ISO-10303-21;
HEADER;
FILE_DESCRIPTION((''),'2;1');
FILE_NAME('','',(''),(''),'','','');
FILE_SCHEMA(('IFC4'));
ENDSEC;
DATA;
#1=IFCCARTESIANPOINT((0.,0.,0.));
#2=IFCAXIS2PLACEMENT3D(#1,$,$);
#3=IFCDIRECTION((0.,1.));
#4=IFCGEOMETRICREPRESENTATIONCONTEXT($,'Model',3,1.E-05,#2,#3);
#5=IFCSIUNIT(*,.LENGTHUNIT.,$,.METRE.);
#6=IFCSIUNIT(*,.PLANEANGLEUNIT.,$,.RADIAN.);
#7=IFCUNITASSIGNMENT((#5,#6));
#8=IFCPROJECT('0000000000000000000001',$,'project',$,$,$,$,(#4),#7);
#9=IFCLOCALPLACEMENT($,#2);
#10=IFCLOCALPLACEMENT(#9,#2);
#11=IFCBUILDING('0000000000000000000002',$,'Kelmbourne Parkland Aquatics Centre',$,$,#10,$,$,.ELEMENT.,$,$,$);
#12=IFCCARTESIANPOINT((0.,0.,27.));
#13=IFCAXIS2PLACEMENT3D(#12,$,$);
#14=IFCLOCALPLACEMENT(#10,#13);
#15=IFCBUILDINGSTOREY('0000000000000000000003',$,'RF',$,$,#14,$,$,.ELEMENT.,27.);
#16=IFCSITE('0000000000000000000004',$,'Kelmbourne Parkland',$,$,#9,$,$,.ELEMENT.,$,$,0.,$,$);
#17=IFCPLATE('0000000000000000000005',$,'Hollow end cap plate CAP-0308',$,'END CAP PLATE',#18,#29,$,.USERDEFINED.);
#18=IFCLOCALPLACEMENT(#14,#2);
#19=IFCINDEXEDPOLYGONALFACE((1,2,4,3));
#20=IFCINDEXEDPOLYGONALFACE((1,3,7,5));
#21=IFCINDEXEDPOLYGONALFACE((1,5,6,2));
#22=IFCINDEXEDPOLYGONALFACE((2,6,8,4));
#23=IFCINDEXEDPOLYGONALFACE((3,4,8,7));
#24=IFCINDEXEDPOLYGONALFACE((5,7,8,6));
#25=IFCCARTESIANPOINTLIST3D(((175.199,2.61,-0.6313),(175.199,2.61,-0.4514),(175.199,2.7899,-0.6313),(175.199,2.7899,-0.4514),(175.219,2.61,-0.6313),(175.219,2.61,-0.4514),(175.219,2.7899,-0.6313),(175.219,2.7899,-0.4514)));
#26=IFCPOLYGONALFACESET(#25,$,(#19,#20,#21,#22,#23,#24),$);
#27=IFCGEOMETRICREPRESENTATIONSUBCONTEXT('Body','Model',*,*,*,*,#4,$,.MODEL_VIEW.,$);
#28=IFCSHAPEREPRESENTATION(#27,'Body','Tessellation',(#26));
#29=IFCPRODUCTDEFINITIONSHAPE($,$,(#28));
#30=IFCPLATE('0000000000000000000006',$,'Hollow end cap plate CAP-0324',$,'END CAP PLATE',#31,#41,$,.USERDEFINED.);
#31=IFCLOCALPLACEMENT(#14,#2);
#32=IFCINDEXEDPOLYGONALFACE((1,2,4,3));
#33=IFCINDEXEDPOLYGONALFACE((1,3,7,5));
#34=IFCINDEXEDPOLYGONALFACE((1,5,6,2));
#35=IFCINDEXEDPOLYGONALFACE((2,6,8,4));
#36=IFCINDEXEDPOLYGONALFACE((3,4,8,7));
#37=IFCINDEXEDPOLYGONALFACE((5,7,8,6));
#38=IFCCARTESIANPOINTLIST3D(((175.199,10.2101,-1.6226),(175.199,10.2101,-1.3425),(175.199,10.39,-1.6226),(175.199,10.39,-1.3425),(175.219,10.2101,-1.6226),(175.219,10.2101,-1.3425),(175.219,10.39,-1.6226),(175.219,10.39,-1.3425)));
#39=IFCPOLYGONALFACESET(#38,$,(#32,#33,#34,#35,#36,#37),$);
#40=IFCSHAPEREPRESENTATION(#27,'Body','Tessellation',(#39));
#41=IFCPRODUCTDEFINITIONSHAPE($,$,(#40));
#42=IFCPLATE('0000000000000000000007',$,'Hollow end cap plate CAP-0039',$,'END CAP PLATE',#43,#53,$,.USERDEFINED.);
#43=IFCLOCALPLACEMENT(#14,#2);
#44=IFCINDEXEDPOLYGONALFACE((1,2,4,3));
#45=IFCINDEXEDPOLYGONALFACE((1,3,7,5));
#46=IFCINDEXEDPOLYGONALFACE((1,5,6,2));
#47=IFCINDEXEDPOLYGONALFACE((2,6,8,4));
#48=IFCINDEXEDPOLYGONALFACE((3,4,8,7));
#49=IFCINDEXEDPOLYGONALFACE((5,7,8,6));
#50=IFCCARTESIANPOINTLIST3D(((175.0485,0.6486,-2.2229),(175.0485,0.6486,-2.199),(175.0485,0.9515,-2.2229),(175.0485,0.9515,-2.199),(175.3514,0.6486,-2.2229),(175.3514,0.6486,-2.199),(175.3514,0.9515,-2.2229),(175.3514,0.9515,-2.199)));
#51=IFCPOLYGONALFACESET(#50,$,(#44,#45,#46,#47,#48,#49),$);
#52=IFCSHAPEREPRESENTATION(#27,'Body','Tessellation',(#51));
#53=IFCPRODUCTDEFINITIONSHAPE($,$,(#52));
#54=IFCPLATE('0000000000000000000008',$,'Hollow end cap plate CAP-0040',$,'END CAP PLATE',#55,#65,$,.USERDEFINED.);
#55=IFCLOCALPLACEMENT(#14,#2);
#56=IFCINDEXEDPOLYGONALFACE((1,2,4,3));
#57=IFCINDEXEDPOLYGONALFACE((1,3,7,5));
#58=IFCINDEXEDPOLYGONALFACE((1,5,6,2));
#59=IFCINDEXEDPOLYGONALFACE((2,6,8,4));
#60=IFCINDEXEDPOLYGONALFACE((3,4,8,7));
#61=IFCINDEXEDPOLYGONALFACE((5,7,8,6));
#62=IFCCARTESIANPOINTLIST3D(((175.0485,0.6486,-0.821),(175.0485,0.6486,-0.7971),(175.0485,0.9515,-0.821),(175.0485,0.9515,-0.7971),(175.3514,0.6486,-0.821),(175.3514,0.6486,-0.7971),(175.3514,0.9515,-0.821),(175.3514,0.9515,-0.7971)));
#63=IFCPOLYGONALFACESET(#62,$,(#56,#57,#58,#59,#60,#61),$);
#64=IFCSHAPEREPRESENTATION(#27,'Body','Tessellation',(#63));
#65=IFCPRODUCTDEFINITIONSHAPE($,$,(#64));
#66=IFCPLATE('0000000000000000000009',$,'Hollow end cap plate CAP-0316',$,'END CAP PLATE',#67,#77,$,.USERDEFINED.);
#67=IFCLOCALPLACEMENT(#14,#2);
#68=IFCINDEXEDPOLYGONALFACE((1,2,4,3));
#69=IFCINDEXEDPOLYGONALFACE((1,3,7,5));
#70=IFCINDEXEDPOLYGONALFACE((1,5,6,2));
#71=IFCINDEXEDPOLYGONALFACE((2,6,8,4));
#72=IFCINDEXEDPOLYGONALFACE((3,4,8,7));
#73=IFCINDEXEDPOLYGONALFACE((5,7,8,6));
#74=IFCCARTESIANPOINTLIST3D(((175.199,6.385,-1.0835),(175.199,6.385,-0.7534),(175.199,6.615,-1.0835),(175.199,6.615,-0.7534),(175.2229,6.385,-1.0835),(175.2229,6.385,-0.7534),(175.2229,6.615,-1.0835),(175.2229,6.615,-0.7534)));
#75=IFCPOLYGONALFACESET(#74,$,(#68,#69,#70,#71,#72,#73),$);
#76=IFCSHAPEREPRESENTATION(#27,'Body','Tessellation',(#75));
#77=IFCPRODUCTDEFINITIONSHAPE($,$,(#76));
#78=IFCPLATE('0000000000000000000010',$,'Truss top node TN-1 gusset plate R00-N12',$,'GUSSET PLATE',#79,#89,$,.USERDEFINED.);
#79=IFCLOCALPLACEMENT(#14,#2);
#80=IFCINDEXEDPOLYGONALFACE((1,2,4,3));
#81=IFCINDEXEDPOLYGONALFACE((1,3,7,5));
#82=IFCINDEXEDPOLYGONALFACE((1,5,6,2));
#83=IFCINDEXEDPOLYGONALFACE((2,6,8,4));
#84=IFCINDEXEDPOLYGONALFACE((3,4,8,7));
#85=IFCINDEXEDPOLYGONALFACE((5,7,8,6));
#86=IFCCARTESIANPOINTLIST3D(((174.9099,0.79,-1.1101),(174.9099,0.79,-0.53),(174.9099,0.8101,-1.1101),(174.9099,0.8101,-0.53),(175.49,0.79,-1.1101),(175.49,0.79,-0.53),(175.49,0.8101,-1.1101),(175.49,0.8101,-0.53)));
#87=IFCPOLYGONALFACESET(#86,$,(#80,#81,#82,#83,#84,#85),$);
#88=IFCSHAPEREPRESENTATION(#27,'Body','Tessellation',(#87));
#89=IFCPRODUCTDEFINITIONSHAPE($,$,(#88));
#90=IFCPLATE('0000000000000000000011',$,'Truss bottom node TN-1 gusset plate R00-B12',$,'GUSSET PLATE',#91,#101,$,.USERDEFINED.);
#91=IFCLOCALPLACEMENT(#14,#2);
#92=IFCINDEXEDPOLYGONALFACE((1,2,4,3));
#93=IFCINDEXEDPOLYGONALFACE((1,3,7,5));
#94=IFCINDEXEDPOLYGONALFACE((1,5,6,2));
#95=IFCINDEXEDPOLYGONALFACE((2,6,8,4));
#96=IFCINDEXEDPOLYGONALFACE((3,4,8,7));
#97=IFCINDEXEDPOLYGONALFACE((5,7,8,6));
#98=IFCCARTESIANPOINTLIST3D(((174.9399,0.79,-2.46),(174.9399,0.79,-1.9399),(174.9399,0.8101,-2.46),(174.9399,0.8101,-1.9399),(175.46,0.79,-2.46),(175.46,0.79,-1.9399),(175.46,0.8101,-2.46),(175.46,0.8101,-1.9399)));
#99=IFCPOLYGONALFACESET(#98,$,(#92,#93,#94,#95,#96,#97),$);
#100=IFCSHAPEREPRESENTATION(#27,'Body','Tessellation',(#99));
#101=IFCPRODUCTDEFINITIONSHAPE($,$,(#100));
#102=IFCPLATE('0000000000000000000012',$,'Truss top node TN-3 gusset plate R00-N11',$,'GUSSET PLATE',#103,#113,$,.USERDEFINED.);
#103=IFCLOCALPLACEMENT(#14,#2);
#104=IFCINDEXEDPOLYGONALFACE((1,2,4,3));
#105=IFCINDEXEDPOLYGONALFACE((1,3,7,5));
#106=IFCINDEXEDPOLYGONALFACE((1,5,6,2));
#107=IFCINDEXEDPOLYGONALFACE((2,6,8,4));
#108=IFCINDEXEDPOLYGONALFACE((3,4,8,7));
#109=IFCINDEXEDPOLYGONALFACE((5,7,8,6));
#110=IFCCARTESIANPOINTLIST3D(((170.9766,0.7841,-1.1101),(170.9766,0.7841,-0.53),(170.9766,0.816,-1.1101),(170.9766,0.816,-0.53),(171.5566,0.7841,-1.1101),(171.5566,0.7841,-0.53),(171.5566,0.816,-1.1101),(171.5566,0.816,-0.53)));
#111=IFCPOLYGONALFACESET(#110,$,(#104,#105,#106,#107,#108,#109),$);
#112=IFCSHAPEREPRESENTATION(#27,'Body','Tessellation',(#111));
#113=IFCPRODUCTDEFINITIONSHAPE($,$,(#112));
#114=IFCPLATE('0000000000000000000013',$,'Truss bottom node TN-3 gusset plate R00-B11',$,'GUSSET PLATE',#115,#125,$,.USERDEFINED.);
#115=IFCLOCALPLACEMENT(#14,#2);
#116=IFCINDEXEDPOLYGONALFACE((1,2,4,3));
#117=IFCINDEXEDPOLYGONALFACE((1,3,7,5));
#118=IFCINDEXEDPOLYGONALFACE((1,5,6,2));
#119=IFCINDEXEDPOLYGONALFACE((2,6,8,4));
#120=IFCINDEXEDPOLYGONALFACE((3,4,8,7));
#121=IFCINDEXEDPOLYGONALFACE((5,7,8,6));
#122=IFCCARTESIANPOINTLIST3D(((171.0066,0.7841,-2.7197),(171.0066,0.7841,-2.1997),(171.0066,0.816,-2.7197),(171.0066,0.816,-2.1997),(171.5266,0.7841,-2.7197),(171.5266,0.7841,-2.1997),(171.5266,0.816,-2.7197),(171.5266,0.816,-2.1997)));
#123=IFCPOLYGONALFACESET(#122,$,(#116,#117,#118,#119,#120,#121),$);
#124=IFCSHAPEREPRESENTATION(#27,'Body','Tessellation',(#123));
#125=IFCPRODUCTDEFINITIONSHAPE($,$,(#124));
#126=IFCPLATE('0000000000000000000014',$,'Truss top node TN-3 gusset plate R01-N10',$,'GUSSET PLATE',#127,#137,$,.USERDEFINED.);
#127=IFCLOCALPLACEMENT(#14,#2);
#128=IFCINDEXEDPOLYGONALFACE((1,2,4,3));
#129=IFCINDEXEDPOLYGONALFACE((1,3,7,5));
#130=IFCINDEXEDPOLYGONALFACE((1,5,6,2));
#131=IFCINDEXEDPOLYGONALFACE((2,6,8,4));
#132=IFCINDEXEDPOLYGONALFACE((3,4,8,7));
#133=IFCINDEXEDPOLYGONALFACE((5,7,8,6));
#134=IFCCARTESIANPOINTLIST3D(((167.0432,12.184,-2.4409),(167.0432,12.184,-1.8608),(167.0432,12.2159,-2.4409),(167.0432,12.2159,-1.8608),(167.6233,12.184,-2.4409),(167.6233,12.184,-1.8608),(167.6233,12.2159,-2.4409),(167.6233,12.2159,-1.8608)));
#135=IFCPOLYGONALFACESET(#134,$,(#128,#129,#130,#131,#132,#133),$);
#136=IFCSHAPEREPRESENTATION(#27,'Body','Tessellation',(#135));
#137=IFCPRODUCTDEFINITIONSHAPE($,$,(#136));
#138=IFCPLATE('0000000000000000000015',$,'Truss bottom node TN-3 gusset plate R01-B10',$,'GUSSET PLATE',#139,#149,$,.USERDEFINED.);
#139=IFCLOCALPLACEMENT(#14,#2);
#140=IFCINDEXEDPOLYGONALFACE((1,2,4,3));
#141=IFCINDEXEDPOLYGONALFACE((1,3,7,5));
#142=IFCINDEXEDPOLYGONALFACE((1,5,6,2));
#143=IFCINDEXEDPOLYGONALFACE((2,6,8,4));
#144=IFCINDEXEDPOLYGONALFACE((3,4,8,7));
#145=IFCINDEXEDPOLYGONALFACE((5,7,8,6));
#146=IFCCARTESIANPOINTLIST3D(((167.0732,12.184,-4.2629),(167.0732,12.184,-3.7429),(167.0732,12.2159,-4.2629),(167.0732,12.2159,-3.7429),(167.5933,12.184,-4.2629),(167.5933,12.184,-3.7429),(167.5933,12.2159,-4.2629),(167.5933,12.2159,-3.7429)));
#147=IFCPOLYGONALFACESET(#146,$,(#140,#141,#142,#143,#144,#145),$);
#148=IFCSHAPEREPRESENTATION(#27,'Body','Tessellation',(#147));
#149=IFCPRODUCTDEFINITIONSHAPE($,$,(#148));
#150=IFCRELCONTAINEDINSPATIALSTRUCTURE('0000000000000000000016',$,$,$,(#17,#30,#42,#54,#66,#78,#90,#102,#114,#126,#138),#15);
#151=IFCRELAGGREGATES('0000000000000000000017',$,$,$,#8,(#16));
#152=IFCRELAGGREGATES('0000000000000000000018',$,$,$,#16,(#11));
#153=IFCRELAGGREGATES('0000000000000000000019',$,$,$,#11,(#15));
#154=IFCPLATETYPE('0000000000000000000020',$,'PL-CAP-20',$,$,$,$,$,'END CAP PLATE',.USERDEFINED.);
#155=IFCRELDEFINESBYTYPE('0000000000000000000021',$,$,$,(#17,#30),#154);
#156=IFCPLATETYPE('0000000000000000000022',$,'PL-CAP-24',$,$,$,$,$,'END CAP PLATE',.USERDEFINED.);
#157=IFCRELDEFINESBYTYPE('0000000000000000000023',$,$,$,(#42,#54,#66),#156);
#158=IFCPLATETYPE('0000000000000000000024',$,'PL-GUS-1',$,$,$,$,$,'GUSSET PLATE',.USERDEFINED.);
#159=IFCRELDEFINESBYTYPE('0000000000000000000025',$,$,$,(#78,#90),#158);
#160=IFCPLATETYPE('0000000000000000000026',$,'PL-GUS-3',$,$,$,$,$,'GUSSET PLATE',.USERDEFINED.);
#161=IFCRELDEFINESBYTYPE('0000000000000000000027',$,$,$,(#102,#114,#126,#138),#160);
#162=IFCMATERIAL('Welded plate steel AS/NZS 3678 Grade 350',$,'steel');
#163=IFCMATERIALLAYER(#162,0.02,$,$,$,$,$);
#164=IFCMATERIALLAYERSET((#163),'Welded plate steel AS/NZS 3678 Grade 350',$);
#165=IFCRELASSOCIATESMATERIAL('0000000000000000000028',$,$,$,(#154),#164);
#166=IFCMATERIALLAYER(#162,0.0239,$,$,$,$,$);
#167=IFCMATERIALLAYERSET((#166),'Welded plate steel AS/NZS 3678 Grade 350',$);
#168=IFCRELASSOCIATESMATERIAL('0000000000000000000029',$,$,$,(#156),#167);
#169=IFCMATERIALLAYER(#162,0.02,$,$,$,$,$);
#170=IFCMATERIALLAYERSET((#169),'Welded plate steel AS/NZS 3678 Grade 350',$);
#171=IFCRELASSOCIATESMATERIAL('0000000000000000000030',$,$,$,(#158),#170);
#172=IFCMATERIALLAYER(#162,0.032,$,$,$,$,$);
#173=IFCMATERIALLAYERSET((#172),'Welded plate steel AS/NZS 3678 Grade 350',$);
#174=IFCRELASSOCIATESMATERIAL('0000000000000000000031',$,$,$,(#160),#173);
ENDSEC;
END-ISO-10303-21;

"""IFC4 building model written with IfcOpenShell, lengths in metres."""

from ifc_helpers import new_model, si_unit, direction, frame, origin, origin_2d, place, context, subcontext, project, spatial, rectangle, extrude, material, layer, layer_set, type_object, element, save


model = new_model("IFC4")

# Units and contexts
model_context = context("Model", 3, precision=1e-05, world=origin(), true_north=direction((0.0, 1.0)))
body_context = subcontext(model_context, "Body", "Model", "MODEL_VIEW")
ifc_project = project(units=[si_unit("LENGTHUNIT", "METRE"), si_unit("PLANEANGLEUNIT", "RADIAN")], contexts=[model_context])

# Site, building, storey
site_placement = place(None, origin())
site = spatial("IfcSite", under=ifc_project, at=site_placement, Name="Kelmbourne Parkland", CompositionType="ELEMENT", RefElevation=0.0)
building_placement = place(site_placement, origin())
building = spatial("IfcBuilding", under=site, at=building_placement, Name="Kelmbourne Parkland Aquatics Centre", CompositionType="ELEMENT")
storey_placement = place(building_placement, frame((0.0, 0.0, 27.0)))
storey = spatial("IfcBuildingStorey", under=building, at=storey_placement, Name="RF", CompositionType="ELEMENT", Elevation=27.0)

# Shared definitions
ifc_material_1 = material(Name="Welded plate steel AS/NZS 3678 Grade 350", Category="steel")

# Plates
ifc_layer_1 = layer(ifc_material_1, 0.02)
ifc_layer_set_1 = layer_set([ifc_layer_1], Name="Welded plate steel AS/NZS 3678 Grade 350")
plate_type_1 = type_object("IfcPlateType", Name="PL-CAP-20", ElementType="END CAP PLATE", PredefinedType="USERDEFINED", material=ifc_layer_set_1)
plate_1_placement = place(storey_placement, frame((175.209, 2.7, -0.6313), z_axis=(0.0, 0.0, 1.0), x_axis=(1.0, 0.0, 0.0)))
element("IfcPlate", 1, at=plate_1_placement, inside=storey, type_object=plate_type_1, Name="Hollow end cap plate CAP-0308", ObjectType="END CAP PLATE", PredefinedType="USERDEFINED", context=body_context, shape_type="SweptSolid", body=[
    extrude(rectangle(XDim=0.02, YDim=0.1799, at=origin_2d()), origin(), (0.0, 0.0, 1.0), 0.1799),
])
plate_2_placement = place(storey_placement, frame((175.209, 10.3, -1.6226), z_axis=(0.0, 0.0, 1.0), x_axis=(1.0, 0.0, 0.0)))
element("IfcPlate", 2, at=plate_2_placement, inside=storey, type_object=plate_type_1, Name="Hollow end cap plate CAP-0324", ObjectType="END CAP PLATE", PredefinedType="USERDEFINED", context=body_context, shape_type="SweptSolid", body=[
    extrude(rectangle(XDim=0.02, YDim=0.1799, at=origin_2d()), origin(), (0.0, 0.0, 1.0), 0.28),
])
ifc_layer_2 = layer(ifc_material_1, 0.0239)
ifc_layer_set_2 = layer_set([ifc_layer_2], Name="Welded plate steel AS/NZS 3678 Grade 350")
plate_type_2 = type_object("IfcPlateType", Name="PL-CAP-24", ElementType="END CAP PLATE", PredefinedType="USERDEFINED", material=ifc_layer_set_2)
for number, where, z_axis, x_axis, name in (
    (3, (175.2, 0.8, -2.2229), (0.0, 0.0, 1.0), (1.0, 0.0, 0.0), "Hollow end cap plate CAP-0039"),
    (4, (175.2, 0.8, -0.821), (0.0, 0.0, 1.0), (1.0, 0.0, 0.0), "Hollow end cap plate CAP-0040"),
):
    element("IfcPlate", number, at=place(storey_placement, frame(where, z_axis=z_axis, x_axis=x_axis)), inside=storey, type_object=plate_type_2, Name=name, ObjectType="END CAP PLATE", PredefinedType="USERDEFINED", context=body_context, shape_type="SweptSolid", body=[
        extrude(rectangle(XDim=0.303, YDim=0.303, at=origin_2d()), origin(), (0.0, 0.0, 1.0), 0.0239),
    ])
plate_3_placement = place(storey_placement, frame((175.2109, 6.5, -1.0835), z_axis=(0.0, 0.0, 1.0), x_axis=(1.0, 0.0, 0.0)))
element("IfcPlate", 5, at=plate_3_placement, inside=storey, type_object=plate_type_2, Name="Hollow end cap plate CAP-0316", ObjectType="END CAP PLATE", PredefinedType="USERDEFINED", context=body_context, shape_type="SweptSolid", body=[
    extrude(rectangle(XDim=0.0239, YDim=0.23, at=origin_2d()), origin(), (0.0, 0.0, 1.0), 0.3301),
])
ifc_layer_3 = layer(ifc_material_1, 0.02)
ifc_layer_set_3 = layer_set([ifc_layer_3], Name="Welded plate steel AS/NZS 3678 Grade 350")
plate_type_3 = type_object("IfcPlateType", Name="PL-GUS-1", ElementType="GUSSET PLATE", PredefinedType="USERDEFINED", material=ifc_layer_set_3)
plate_4_placement = place(storey_placement, frame((175.2, 0.8, -1.1101), z_axis=(0.0, 0.0, 1.0), x_axis=(1.0, 0.0, 0.0)))
element("IfcPlate", 6, at=plate_4_placement, inside=storey, type_object=plate_type_3, Name="Truss top node TN-1 gusset plate R00-N12", ObjectType="GUSSET PLATE", PredefinedType="USERDEFINED", context=body_context, shape_type="SweptSolid", body=[
    extrude(rectangle(XDim=0.5801, YDim=0.02, at=origin_2d()), origin(), (0.0, 0.0, 1.0), 0.5801),
])
plate_5_placement = place(storey_placement, frame((175.2, 0.8, -2.46), z_axis=(0.0, 0.0, 1.0), x_axis=(1.0, 0.0, 0.0)))
element("IfcPlate", 7, at=plate_5_placement, inside=storey, type_object=plate_type_3, Name="Truss bottom node TN-1 gusset plate R00-B12", ObjectType="GUSSET PLATE", PredefinedType="USERDEFINED", context=body_context, shape_type="SweptSolid", body=[
    extrude(rectangle(XDim=0.52, YDim=0.02, at=origin_2d()), origin(), (0.0, 0.0, 1.0), 0.52),
])
ifc_layer_4 = layer(ifc_material_1, 0.032)
ifc_layer_set_4 = layer_set([ifc_layer_4], Name="Welded plate steel AS/NZS 3678 Grade 350")
plate_type_4 = type_object("IfcPlateType", Name="PL-GUS-3", ElementType="GUSSET PLATE", PredefinedType="USERDEFINED", material=ifc_layer_set_4)
plate_6_placement = place(storey_placement, frame((171.2666, 0.8, -1.1101), z_axis=(0.0, 0.0, 1.0), x_axis=(1.0, 0.0, 0.0)))
element("IfcPlate", 8, at=plate_6_placement, inside=storey, type_object=plate_type_4, Name="Truss top node TN-3 gusset plate R00-N11", ObjectType="GUSSET PLATE", PredefinedType="USERDEFINED", context=body_context, shape_type="SweptSolid", body=[
    extrude(rectangle(XDim=0.5801, YDim=0.032, at=origin_2d()), origin(), (0.0, 0.0, 1.0), 0.5801),
])
plate_7_placement = place(storey_placement, frame((171.2666, 0.8, -2.7197), z_axis=(0.0, 0.0, 1.0), x_axis=(1.0, 0.0, 0.0)))
element("IfcPlate", 9, at=plate_7_placement, inside=storey, type_object=plate_type_4, Name="Truss bottom node TN-3 gusset plate R00-B11", ObjectType="GUSSET PLATE", PredefinedType="USERDEFINED", context=body_context, shape_type="SweptSolid", body=[
    extrude(rectangle(XDim=0.52, YDim=0.032, at=origin_2d()), origin(), (0.0, 0.0, 1.0), 0.52),
])
plate_8_placement = place(storey_placement, frame((167.3333, 12.2, -2.4409), z_axis=(0.0, 0.0, 1.0), x_axis=(1.0, 0.0, 0.0)))
element("IfcPlate", 10, at=plate_8_placement, inside=storey, type_object=plate_type_4, Name="Truss top node TN-3 gusset plate R01-N10", ObjectType="GUSSET PLATE", PredefinedType="USERDEFINED", context=body_context, shape_type="SweptSolid", body=[
    extrude(rectangle(XDim=0.5801, YDim=0.032, at=origin_2d()), origin(), (0.0, 0.0, 1.0), 0.5801),
])
plate_9_placement = place(storey_placement, frame((167.3333, 12.2, -4.2629), z_axis=(0.0, 0.0, 1.0), x_axis=(1.0, 0.0, 0.0)))
element("IfcPlate", 11, at=plate_9_placement, inside=storey, type_object=plate_type_4, Name="Truss bottom node TN-3 gusset plate R01-B10", ObjectType="GUSSET PLATE", PredefinedType="USERDEFINED", context=body_context, shape_type="SweptSolid", body=[
    extrude(rectangle(XDim=0.52, YDim=0.032, at=origin_2d()), origin(), (0.0, 0.0, 1.0), 0.52),
])

save(model, "model.ifc")
